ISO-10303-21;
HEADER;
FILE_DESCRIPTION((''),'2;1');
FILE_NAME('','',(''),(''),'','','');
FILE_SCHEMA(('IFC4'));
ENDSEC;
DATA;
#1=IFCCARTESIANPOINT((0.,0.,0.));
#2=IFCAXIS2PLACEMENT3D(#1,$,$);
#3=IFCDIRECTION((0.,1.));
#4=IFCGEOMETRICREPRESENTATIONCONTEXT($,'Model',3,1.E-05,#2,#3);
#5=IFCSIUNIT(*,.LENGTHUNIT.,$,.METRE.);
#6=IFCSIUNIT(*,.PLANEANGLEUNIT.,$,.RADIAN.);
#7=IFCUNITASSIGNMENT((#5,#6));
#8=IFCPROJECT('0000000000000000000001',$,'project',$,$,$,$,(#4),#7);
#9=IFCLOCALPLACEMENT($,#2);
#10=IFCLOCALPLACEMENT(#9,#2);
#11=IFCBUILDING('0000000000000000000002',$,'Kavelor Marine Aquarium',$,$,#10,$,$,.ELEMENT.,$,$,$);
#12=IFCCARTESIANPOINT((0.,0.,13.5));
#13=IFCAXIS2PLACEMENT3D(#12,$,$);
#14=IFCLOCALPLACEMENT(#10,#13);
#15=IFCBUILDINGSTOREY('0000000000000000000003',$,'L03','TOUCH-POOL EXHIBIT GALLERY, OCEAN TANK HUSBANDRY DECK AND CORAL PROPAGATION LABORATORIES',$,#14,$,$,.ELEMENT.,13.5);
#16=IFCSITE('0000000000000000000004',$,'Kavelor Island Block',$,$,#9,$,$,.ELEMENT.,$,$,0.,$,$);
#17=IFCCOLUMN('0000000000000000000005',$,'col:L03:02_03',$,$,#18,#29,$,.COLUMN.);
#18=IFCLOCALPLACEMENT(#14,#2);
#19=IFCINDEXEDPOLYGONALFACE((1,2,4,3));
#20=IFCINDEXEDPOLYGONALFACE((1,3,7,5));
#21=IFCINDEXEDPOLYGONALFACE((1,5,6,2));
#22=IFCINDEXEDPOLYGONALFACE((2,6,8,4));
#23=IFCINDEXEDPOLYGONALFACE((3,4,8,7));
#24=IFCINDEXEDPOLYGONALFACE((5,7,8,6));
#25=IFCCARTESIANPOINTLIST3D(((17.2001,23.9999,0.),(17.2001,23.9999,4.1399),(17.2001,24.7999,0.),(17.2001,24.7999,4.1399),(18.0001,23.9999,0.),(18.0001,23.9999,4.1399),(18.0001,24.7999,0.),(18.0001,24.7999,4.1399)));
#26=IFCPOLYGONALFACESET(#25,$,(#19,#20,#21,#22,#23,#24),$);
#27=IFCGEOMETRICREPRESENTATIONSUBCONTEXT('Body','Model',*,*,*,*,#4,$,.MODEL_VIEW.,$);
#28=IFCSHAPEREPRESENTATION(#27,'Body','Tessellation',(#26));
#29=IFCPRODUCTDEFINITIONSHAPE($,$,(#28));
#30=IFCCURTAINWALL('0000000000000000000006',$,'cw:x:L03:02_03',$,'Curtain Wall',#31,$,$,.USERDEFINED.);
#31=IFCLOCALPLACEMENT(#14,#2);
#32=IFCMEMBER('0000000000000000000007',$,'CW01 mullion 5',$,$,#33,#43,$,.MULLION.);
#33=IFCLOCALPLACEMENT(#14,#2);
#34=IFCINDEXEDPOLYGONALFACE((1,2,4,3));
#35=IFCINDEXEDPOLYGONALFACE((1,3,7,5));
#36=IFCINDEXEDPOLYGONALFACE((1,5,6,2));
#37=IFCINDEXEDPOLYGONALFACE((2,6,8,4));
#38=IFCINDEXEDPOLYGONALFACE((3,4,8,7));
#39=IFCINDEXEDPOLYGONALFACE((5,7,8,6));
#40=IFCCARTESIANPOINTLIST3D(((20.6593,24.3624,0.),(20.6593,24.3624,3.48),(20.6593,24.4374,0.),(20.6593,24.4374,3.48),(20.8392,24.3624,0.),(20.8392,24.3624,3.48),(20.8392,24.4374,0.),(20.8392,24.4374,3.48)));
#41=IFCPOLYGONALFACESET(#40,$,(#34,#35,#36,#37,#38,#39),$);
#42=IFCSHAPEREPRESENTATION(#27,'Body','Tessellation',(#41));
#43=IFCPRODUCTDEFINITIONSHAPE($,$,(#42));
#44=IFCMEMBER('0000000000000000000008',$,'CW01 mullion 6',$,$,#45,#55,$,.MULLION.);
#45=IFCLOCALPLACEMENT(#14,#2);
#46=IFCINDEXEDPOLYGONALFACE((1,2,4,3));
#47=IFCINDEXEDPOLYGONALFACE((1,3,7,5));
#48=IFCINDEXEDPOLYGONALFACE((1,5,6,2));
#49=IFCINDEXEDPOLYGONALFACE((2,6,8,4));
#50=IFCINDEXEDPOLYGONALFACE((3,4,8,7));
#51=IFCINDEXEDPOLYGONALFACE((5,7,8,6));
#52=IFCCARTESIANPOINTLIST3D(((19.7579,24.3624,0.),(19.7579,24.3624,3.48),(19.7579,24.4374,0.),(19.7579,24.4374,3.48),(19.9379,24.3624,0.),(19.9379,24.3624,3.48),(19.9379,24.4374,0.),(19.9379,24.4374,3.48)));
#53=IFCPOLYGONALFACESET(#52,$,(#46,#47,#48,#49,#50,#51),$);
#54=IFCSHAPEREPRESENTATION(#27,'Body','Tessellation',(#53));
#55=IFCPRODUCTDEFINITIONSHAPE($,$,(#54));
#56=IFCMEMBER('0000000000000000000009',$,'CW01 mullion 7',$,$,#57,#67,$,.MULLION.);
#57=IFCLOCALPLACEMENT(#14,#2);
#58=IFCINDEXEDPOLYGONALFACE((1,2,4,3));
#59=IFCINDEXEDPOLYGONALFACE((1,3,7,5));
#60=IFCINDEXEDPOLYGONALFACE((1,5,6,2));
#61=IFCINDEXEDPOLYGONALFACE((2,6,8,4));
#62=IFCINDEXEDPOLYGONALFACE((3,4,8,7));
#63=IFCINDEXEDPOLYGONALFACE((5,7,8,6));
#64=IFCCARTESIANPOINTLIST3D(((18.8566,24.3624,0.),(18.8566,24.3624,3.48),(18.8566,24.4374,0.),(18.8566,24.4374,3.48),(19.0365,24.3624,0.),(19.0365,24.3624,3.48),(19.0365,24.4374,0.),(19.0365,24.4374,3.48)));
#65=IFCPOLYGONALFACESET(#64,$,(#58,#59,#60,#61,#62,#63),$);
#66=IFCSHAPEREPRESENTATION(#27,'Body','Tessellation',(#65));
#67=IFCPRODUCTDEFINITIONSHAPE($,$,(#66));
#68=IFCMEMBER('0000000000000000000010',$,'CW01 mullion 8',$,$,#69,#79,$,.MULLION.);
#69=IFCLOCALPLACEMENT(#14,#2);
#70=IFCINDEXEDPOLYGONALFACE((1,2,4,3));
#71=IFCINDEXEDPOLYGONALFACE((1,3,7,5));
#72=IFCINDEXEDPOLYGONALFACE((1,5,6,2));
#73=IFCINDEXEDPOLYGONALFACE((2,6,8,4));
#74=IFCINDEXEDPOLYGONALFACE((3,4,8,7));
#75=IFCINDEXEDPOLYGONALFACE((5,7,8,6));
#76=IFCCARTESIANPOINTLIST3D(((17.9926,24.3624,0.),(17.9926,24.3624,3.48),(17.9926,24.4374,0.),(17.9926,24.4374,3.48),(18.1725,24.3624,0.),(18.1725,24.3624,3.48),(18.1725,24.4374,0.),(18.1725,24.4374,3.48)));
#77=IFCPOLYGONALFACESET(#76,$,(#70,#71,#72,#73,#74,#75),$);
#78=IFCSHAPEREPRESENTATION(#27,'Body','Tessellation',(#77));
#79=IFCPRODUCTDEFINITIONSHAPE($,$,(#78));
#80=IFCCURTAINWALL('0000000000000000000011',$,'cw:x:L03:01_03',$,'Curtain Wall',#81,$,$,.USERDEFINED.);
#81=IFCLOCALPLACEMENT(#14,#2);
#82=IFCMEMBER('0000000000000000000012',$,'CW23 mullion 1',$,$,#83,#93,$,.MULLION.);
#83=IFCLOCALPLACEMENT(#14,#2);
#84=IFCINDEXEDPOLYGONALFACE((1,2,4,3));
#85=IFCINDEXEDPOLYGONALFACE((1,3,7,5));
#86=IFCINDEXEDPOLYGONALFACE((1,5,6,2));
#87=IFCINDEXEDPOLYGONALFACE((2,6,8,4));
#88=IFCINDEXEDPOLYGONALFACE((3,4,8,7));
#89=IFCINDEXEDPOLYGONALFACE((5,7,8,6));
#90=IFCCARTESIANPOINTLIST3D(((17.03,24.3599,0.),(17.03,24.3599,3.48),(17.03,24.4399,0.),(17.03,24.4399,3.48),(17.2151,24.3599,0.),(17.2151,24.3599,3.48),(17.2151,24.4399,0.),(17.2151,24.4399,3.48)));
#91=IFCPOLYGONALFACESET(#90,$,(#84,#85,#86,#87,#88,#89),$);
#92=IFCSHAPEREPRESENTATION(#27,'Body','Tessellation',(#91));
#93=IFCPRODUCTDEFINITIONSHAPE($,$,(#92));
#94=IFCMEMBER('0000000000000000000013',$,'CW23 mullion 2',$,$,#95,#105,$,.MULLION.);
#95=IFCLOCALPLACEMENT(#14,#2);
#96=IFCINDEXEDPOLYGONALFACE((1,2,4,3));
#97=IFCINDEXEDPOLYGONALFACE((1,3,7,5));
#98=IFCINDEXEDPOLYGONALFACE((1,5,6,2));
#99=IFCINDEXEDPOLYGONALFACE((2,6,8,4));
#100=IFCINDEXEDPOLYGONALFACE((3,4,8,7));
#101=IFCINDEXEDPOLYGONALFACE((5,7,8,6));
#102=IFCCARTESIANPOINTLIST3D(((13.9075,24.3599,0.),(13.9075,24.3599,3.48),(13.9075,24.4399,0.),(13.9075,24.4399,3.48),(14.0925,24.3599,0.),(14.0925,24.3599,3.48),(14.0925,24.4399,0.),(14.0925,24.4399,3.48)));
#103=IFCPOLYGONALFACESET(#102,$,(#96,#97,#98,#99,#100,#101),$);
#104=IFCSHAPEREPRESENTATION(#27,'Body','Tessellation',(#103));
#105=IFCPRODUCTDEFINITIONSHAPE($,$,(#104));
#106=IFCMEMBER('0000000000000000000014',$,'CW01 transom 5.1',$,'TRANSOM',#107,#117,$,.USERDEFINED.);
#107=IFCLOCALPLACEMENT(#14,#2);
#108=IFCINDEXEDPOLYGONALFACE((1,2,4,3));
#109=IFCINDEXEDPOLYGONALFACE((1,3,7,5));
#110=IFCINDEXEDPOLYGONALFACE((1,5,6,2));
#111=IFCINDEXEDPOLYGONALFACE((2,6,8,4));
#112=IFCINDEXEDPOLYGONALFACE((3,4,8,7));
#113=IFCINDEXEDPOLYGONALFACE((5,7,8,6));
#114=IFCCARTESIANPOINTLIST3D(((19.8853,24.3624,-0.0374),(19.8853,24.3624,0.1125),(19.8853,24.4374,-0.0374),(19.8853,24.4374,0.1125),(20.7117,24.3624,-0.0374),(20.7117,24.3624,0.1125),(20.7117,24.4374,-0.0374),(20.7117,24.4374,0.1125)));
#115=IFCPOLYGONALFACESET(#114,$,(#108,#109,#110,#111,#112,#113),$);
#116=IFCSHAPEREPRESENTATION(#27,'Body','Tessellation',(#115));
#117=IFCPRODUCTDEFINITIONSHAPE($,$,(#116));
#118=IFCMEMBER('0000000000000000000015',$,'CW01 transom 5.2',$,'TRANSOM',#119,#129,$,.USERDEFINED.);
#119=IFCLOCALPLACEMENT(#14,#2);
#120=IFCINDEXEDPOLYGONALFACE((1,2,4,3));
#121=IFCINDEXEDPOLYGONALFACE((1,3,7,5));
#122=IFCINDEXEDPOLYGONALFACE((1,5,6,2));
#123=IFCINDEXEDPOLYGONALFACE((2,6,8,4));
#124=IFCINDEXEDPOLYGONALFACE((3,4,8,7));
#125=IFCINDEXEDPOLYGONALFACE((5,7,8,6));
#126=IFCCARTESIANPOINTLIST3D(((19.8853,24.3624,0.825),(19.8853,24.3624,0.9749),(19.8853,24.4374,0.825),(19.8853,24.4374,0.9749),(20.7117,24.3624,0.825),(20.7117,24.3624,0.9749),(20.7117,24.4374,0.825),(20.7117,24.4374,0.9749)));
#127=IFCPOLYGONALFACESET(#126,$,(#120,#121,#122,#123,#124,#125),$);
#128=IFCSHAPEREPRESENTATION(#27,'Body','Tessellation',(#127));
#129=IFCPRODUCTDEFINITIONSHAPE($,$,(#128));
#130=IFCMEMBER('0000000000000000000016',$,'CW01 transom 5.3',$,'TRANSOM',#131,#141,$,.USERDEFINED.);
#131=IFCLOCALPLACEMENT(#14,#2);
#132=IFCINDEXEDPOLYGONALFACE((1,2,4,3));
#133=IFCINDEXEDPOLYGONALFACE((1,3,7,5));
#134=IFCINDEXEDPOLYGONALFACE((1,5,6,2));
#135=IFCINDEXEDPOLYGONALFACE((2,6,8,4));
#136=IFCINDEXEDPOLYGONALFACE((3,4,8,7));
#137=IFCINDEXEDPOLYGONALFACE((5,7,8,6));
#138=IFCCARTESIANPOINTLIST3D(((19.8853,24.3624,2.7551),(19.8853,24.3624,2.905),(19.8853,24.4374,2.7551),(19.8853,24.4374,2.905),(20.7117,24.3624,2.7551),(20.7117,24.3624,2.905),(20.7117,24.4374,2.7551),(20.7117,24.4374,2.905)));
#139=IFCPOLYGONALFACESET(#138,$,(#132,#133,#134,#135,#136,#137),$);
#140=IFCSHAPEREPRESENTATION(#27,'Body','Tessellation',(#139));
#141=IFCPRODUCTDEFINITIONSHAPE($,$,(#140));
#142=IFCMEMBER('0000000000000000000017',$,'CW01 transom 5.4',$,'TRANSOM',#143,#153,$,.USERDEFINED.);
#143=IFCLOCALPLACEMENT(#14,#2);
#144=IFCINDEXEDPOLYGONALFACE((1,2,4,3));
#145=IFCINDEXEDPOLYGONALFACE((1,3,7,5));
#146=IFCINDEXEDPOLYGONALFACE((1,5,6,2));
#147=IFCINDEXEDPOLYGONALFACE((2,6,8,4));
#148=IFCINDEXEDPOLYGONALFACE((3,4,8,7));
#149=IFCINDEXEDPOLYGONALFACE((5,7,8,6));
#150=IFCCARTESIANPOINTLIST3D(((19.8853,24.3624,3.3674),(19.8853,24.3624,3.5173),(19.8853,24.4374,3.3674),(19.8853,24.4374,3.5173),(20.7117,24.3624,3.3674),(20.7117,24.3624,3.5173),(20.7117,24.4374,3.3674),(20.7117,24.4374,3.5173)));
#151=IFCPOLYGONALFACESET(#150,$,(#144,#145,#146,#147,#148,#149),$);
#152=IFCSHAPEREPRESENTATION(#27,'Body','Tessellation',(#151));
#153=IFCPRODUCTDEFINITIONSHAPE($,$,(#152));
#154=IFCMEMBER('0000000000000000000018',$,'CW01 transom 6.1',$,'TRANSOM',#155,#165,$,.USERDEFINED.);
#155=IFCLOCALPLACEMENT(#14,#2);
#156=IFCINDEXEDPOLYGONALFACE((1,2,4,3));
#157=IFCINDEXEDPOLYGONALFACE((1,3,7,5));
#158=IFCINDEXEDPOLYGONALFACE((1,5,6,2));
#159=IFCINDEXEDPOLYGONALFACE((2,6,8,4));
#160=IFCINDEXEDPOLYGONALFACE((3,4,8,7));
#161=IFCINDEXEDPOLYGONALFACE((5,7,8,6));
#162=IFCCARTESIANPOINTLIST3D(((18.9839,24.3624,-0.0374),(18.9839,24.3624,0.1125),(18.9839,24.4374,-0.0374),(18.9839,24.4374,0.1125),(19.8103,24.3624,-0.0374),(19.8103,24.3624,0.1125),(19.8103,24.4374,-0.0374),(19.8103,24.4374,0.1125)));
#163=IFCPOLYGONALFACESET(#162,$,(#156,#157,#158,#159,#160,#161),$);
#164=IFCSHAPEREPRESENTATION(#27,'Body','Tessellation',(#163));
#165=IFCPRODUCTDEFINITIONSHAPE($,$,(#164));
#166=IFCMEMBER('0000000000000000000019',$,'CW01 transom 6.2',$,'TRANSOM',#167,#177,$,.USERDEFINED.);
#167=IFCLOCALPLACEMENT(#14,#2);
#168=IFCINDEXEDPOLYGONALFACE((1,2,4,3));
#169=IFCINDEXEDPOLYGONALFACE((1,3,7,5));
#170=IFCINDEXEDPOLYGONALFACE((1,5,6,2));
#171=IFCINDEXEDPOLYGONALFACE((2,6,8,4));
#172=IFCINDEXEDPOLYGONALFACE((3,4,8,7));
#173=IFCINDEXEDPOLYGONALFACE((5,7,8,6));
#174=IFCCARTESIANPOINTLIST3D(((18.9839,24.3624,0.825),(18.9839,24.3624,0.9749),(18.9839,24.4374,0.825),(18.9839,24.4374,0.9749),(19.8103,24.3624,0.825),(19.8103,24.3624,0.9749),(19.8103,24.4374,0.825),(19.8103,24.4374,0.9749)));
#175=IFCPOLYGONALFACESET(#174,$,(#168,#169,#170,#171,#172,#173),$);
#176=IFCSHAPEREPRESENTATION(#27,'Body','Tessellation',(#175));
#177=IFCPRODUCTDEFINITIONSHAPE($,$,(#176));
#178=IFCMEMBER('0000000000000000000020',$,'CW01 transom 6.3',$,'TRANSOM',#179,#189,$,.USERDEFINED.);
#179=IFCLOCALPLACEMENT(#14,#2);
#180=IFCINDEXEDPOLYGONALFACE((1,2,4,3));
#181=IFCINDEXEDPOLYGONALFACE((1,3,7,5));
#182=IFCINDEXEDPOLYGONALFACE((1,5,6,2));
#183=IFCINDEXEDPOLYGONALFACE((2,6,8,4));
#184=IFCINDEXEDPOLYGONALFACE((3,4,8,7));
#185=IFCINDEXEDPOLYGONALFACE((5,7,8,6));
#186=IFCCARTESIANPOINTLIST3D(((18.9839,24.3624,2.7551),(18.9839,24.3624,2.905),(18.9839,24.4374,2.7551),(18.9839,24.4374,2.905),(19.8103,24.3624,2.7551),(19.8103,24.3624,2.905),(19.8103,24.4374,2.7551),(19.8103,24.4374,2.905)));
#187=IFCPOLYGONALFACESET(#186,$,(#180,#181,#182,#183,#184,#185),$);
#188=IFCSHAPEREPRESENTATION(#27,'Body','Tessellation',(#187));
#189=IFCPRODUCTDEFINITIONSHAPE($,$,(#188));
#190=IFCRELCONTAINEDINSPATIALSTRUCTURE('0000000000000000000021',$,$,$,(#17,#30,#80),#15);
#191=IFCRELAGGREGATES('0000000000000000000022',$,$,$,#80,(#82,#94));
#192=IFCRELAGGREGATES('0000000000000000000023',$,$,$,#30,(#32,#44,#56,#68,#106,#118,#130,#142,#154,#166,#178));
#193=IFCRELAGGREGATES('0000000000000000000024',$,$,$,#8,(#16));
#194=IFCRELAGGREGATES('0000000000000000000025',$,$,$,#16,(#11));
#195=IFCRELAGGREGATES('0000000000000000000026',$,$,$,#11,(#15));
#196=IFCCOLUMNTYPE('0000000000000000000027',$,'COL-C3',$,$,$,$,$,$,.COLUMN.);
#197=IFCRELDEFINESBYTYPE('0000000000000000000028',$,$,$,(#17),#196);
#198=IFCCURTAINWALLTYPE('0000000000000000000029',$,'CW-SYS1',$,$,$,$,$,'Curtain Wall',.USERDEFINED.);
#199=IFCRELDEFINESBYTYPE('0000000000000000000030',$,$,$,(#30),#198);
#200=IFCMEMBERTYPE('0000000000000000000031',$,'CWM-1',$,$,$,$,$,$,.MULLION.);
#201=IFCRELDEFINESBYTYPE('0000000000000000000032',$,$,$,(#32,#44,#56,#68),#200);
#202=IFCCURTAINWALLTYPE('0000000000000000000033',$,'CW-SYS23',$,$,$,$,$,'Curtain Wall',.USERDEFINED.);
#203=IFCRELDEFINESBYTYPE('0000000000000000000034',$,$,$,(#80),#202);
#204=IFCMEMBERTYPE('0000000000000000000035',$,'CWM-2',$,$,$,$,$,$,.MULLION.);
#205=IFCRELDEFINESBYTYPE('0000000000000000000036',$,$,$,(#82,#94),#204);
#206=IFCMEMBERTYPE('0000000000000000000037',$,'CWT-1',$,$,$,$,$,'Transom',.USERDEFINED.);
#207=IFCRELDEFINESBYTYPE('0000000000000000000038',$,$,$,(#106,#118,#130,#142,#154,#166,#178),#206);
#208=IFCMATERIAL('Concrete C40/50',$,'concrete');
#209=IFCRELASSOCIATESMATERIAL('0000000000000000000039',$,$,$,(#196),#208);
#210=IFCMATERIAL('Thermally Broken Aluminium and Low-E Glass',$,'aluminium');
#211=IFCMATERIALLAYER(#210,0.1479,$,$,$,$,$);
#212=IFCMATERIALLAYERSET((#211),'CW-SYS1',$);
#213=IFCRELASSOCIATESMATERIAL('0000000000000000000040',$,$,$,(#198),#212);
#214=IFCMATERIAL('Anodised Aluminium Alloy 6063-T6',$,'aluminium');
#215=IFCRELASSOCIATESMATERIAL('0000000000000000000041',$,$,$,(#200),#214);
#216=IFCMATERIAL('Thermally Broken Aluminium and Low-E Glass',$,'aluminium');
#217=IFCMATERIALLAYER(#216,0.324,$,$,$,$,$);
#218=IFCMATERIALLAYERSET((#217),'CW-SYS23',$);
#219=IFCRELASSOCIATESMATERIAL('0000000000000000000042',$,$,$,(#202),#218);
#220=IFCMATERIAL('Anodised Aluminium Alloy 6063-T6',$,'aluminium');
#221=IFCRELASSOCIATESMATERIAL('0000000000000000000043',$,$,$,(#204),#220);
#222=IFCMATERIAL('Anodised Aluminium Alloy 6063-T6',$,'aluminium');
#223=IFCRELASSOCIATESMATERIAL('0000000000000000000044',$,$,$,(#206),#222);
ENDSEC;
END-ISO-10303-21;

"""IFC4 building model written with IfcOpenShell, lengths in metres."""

from ifc_helpers import new_model, si_unit, direction, frame, origin, origin_2d, place, context, subcontext, project, spatial, rectangle, extrude, material, layer, layer_set, material_profile, profile_set, type_object, element, aggregate, save


model = new_model("IFC4")

# Units and contexts
model_context = context("Model", 3, precision=1e-05, world=origin(), true_north=direction((0.0, 1.0)))
body_context = subcontext(model_context, "Body", "Model", "MODEL_VIEW")
ifc_project = project(units=[si_unit("LENGTHUNIT", "METRE"), si_unit("PLANEANGLEUNIT", "RADIAN")], contexts=[model_context])

# Site, building, storey
site_placement = place(None, origin())
site = spatial("IfcSite", under=ifc_project, at=site_placement, Name="Kavelor Island Block", CompositionType="ELEMENT", RefElevation=0.0)
building_placement = place(site_placement, origin())
building = spatial("IfcBuilding", under=site, at=building_placement, Name="Kavelor Marine Aquarium", CompositionType="ELEMENT")
storey_placement = place(building_placement, frame((0.0, 0.0, 13.5)))
storey = spatial("IfcBuildingStorey", under=building, at=storey_placement, Name="L03", Description="TOUCH-POOL EXHIBIT GALLERY, OCEAN TANK HUSBANDRY DECK AND CORAL PROPAGATION LABORATORIES", CompositionType="ELEMENT", Elevation=13.5)

# Column
ifc_material_1 = material(Name="Concrete C40/50", Category="concrete")
ifc_material_profile_1 = material_profile(ifc_material_1, rectangle(XDim=0.8, YDim=0.8, at=origin_2d()), Name="RC-COL 800x800")
ifc_profile_set_1 = profile_set([ifc_material_profile_1], Name="Concrete C40/50")
column_type = type_object("IfcColumnType", Name="COL-C3", PredefinedType="COLUMN", material=ifc_profile_set_1)
column_placement = place(storey_placement, frame((17.6001, 24.3999, 0.0), z_axis=(0.0, 0.0, 1.0), x_axis=(1.0, 0.0, 0.0)))
element("IfcColumn", 1, at=column_placement, inside=storey, type_object=column_type, Name="col:L03:02_03", PredefinedType="COLUMN", context=body_context, shape_type="SweptSolid", body=[
    extrude(rectangle(XDim=0.8, YDim=0.8, at=origin_2d()), origin(), (0.0, 0.0, 1.0), 4.1399),
])

# Curtain walls, members
ifc_material_2 = material(Name="Thermally Broken Aluminium and Low-E Glass", Category="aluminium")
ifc_layer_1 = layer(ifc_material_2, 0.1479)
ifc_layer_set_1 = layer_set([ifc_layer_1], Name="CW-SYS1")
curtain_wall_type_1 = type_object("IfcCurtainWallType", Name="CW-SYS1", ElementType="Curtain Wall", PredefinedType="USERDEFINED", material=ifc_layer_set_1)
curtain_wall_1_placement = place(storey_placement, origin())
curtain_wall_1 = element("IfcCurtainWall", 2, at=curtain_wall_1_placement, inside=storey, type_object=curtain_wall_type_1, Name="cw:x:L03:02_03", ObjectType="Curtain Wall", PredefinedType="USERDEFINED")
ifc_material_3 = material(Name="Anodised Aluminium Alloy 6063-T6", Category="aluminium")
ifc_material_profile_2 = material_profile(ifc_material_3, rectangle(XDim=0.075, YDim=0.1799, at=origin_2d()), Name="CW-MUL 75x180")
ifc_profile_set_2 = profile_set([ifc_material_profile_2], Name="Anodised Aluminium Alloy 6063-T6")
member_type_1 = type_object("IfcMemberType", Name="CWM-1", PredefinedType="MULLION", material=ifc_profile_set_2)
member_1_placement = place(storey_placement, frame((20.7493, 24.3999, 0.0), z_axis=(0.0, 0.0, 1.0), x_axis=(0.0, -1.0, 0.0)))
member_1 = element("IfcMember", 3, at=member_1_placement, type_object=member_type_1, Name="CW01 mullion 5", PredefinedType="MULLION", context=body_context, shape_type="SweptSolid", body=[
    extrude(rectangle(XDim=0.075, YDim=0.1799, at=origin_2d()), origin(), (0.0, 0.0, 1.0), 3.48),
])
member_2_placement = place(storey_placement, frame((19.8479, 24.3999, 0.0), z_axis=(0.0, 0.0, 1.0), x_axis=(0.0, -1.0, 0.0)))
member_2 = element("IfcMember", 4, at=member_2_placement, type_object=member_type_1, Name="CW01 mullion 6", PredefinedType="MULLION", context=body_context, shape_type="SweptSolid", body=[
    extrude(rectangle(XDim=0.075, YDim=0.1799, at=origin_2d()), origin(), (0.0, 0.0, 1.0), 3.48),
])
member_3_placement = place(storey_placement, frame((18.9465, 24.3999, 0.0), z_axis=(0.0, 0.0, 1.0), x_axis=(0.0, -1.0, 0.0)))
member_3 = element("IfcMember", 5, at=member_3_placement, type_object=member_type_1, Name="CW01 mullion 7", PredefinedType="MULLION", context=body_context, shape_type="SweptSolid", body=[
    extrude(rectangle(XDim=0.075, YDim=0.1799, at=origin_2d()), origin(), (0.0, 0.0, 1.0), 3.48),
])
member_4_placement = place(storey_placement, frame((18.0825, 24.3999, 0.0), z_axis=(0.0, 0.0, 1.0), x_axis=(0.0, -1.0, 0.0)))
member_4 = element("IfcMember", 6, at=member_4_placement, type_object=member_type_1, Name="CW01 mullion 8", PredefinedType="MULLION", context=body_context, shape_type="SweptSolid", body=[
    extrude(rectangle(XDim=0.075, YDim=0.1799, at=origin_2d()), origin(), (0.0, 0.0, 1.0), 3.48),
])
ifc_material_4 = material(Name="Thermally Broken Aluminium and Low-E Glass", Category="aluminium")
ifc_layer_2 = layer(ifc_material_4, 0.324)
ifc_layer_set_2 = layer_set([ifc_layer_2], Name="CW-SYS23")
curtain_wall_type_2 = type_object("IfcCurtainWallType", Name="CW-SYS23", ElementType="Curtain Wall", PredefinedType="USERDEFINED", material=ifc_layer_set_2)
curtain_wall_2_placement = place(storey_placement, origin())
curtain_wall_2 = element("IfcCurtainWall", 7, at=curtain_wall_2_placement, inside=storey, type_object=curtain_wall_type_2, Name="cw:x:L03:01_03", ObjectType="Curtain Wall", PredefinedType="USERDEFINED")
ifc_material_5 = material(Name="Anodised Aluminium Alloy 6063-T6", Category="aluminium")
ifc_material_profile_3 = material_profile(ifc_material_5, rectangle(XDim=0.0801, YDim=0.1851, at=origin_2d()), Name="CW-MUL 80x185")
ifc_profile_set_3 = profile_set([ifc_material_profile_3], Name="Anodised Aluminium Alloy 6063-T6")
member_type_2 = type_object("IfcMemberType", Name="CWM-2", PredefinedType="MULLION", material=ifc_profile_set_3)
member_5_placement = place(storey_placement, frame((17.1226, 24.3999, 0.0), z_axis=(0.0, 0.0, 1.0), x_axis=(0.0, -1.0, 0.0)))
member_5 = element("IfcMember", 8, at=member_5_placement, type_object=member_type_2, Name="CW23 mullion 1", PredefinedType="MULLION", context=body_context, shape_type="SweptSolid", body=[
    extrude(rectangle(XDim=0.0801, YDim=0.1851, at=origin_2d()), origin(), (0.0, 0.0, 1.0), 3.48),
])
member_6_placement = place(storey_placement, frame((14.0, 24.3999, 0.0), z_axis=(0.0, 0.0, 1.0), x_axis=(0.0, -1.0, 0.0)))
member_6 = element("IfcMember", 9, at=member_6_placement, type_object=member_type_2, Name="CW23 mullion 2", PredefinedType="MULLION", context=body_context, shape_type="SweptSolid", body=[
    extrude(rectangle(XDim=0.0801, YDim=0.1851, at=origin_2d()), origin(), (0.0, 0.0, 1.0), 3.48),
])

# Members
ifc_material_6 = material(Name="Anodised Aluminium Alloy 6063-T6", Category="aluminium")
ifc_material_profile_4 = material_profile(ifc_material_6, rectangle(XDim=0.075, YDim=0.1499, at=origin_2d()), Name="CW-TRN 75x150")
ifc_profile_set_4 = profile_set([ifc_material_profile_4], Name="Anodised Aluminium Alloy 6063-T6")
member_type_3 = type_object("IfcMemberType", Name="CWT-1", ElementType="Transom", PredefinedType="USERDEFINED", material=ifc_profile_set_4)
member_7_placement = place(storey_placement, frame((20.7117, 24.3999, 0.0376), z_axis=(-1.0, 0.0, 0.0), x_axis=(0.0, -1.0, 0.0)))
member_7 = element("IfcMember", 10, at=member_7_placement, type_object=member_type_3, Name="CW01 transom 5.1", ObjectType="TRANSOM", PredefinedType="USERDEFINED", context=body_context, shape_type="SweptSolid", body=[
    extrude(rectangle(XDim=0.075, YDim=0.1499, at=origin_2d()), origin(), (0.0, 0.0, 1.0), 0.8264),
])
member_8_placement = place(storey_placement, frame((20.7117, 24.3999, 0.8999), z_axis=(-1.0, 0.0, 0.0), x_axis=(0.0, -1.0, 0.0)))
member_8 = element("IfcMember", 11, at=member_8_placement, type_object=member_type_3, Name="CW01 transom 5.2", ObjectType="TRANSOM", PredefinedType="USERDEFINED", context=body_context, shape_type="SweptSolid", body=[
    extrude(rectangle(XDim=0.075, YDim=0.1499, at=origin_2d()), origin(), (0.0, 0.0, 1.0), 0.8264),
])
member_9_placement = place(storey_placement, frame((20.7117, 24.3999, 2.8301), z_axis=(-1.0, 0.0, 0.0), x_axis=(0.0, -1.0, 0.0)))
member_9 = element("IfcMember", 12, at=member_9_placement, type_object=member_type_3, Name="CW01 transom 5.3", ObjectType="TRANSOM", PredefinedType="USERDEFINED", context=body_context, shape_type="SweptSolid", body=[
    extrude(rectangle(XDim=0.075, YDim=0.1499, at=origin_2d()), origin(), (0.0, 0.0, 1.0), 0.8264),
])
member_10_placement = place(storey_placement, frame((20.7117, 24.3999, 3.4424), z_axis=(-1.0, 0.0, 0.0), x_axis=(0.0, -1.0, 0.0)))
member_10 = element("IfcMember", 13, at=member_10_placement, type_object=member_type_3, Name="CW01 transom 5.4", ObjectType="TRANSOM", PredefinedType="USERDEFINED", context=body_context, shape_type="SweptSolid", body=[
    extrude(rectangle(XDim=0.075, YDim=0.1499, at=origin_2d()), origin(), (0.0, 0.0, 1.0), 0.8264),
])
member_11_placement = place(storey_placement, frame((19.8103, 24.3999, 0.0376), z_axis=(-1.0, 0.0, 0.0), x_axis=(0.0, -1.0, 0.0)))
member_11 = element("IfcMember", 14, at=member_11_placement, type_object=member_type_3, Name="CW01 transom 6.1", ObjectType="TRANSOM", PredefinedType="USERDEFINED", context=body_context, shape_type="SweptSolid", body=[
    extrude(rectangle(XDim=0.075, YDim=0.1499, at=origin_2d()), origin(), (0.0, 0.0, 1.0), 0.8264),
])
member_12_placement = place(storey_placement, frame((19.8103, 24.3999, 0.8999), z_axis=(-1.0, 0.0, 0.0), x_axis=(0.0, -1.0, 0.0)))
member_12 = element("IfcMember", 15, at=member_12_placement, type_object=member_type_3, Name="CW01 transom 6.2", ObjectType="TRANSOM", PredefinedType="USERDEFINED", context=body_context, shape_type="SweptSolid", body=[
    extrude(rectangle(XDim=0.075, YDim=0.1499, at=origin_2d()), origin(), (0.0, 0.0, 1.0), 0.8264),
])
member_13_placement = place(storey_placement, frame((19.8103, 24.3999, 2.8301), z_axis=(-1.0, 0.0, 0.0), x_axis=(0.0, -1.0, 0.0)))
member_13 = element("IfcMember", 16, at=member_13_placement, type_object=member_type_3, Name="CW01 transom 6.3", ObjectType="TRANSOM", PredefinedType="USERDEFINED", context=body_context, shape_type="SweptSolid", body=[
    extrude(rectangle(XDim=0.075, YDim=0.1499, at=origin_2d()), origin(), (0.0, 0.0, 1.0), 0.8264),
])

aggregate(curtain_wall_2, [member_5, member_6])
aggregate(curtain_wall_1, [member_1, member_2, member_3, member_4, member_7, member_8, member_9, member_10, member_11, member_12, member_13])

save(model, "model.ifc")
